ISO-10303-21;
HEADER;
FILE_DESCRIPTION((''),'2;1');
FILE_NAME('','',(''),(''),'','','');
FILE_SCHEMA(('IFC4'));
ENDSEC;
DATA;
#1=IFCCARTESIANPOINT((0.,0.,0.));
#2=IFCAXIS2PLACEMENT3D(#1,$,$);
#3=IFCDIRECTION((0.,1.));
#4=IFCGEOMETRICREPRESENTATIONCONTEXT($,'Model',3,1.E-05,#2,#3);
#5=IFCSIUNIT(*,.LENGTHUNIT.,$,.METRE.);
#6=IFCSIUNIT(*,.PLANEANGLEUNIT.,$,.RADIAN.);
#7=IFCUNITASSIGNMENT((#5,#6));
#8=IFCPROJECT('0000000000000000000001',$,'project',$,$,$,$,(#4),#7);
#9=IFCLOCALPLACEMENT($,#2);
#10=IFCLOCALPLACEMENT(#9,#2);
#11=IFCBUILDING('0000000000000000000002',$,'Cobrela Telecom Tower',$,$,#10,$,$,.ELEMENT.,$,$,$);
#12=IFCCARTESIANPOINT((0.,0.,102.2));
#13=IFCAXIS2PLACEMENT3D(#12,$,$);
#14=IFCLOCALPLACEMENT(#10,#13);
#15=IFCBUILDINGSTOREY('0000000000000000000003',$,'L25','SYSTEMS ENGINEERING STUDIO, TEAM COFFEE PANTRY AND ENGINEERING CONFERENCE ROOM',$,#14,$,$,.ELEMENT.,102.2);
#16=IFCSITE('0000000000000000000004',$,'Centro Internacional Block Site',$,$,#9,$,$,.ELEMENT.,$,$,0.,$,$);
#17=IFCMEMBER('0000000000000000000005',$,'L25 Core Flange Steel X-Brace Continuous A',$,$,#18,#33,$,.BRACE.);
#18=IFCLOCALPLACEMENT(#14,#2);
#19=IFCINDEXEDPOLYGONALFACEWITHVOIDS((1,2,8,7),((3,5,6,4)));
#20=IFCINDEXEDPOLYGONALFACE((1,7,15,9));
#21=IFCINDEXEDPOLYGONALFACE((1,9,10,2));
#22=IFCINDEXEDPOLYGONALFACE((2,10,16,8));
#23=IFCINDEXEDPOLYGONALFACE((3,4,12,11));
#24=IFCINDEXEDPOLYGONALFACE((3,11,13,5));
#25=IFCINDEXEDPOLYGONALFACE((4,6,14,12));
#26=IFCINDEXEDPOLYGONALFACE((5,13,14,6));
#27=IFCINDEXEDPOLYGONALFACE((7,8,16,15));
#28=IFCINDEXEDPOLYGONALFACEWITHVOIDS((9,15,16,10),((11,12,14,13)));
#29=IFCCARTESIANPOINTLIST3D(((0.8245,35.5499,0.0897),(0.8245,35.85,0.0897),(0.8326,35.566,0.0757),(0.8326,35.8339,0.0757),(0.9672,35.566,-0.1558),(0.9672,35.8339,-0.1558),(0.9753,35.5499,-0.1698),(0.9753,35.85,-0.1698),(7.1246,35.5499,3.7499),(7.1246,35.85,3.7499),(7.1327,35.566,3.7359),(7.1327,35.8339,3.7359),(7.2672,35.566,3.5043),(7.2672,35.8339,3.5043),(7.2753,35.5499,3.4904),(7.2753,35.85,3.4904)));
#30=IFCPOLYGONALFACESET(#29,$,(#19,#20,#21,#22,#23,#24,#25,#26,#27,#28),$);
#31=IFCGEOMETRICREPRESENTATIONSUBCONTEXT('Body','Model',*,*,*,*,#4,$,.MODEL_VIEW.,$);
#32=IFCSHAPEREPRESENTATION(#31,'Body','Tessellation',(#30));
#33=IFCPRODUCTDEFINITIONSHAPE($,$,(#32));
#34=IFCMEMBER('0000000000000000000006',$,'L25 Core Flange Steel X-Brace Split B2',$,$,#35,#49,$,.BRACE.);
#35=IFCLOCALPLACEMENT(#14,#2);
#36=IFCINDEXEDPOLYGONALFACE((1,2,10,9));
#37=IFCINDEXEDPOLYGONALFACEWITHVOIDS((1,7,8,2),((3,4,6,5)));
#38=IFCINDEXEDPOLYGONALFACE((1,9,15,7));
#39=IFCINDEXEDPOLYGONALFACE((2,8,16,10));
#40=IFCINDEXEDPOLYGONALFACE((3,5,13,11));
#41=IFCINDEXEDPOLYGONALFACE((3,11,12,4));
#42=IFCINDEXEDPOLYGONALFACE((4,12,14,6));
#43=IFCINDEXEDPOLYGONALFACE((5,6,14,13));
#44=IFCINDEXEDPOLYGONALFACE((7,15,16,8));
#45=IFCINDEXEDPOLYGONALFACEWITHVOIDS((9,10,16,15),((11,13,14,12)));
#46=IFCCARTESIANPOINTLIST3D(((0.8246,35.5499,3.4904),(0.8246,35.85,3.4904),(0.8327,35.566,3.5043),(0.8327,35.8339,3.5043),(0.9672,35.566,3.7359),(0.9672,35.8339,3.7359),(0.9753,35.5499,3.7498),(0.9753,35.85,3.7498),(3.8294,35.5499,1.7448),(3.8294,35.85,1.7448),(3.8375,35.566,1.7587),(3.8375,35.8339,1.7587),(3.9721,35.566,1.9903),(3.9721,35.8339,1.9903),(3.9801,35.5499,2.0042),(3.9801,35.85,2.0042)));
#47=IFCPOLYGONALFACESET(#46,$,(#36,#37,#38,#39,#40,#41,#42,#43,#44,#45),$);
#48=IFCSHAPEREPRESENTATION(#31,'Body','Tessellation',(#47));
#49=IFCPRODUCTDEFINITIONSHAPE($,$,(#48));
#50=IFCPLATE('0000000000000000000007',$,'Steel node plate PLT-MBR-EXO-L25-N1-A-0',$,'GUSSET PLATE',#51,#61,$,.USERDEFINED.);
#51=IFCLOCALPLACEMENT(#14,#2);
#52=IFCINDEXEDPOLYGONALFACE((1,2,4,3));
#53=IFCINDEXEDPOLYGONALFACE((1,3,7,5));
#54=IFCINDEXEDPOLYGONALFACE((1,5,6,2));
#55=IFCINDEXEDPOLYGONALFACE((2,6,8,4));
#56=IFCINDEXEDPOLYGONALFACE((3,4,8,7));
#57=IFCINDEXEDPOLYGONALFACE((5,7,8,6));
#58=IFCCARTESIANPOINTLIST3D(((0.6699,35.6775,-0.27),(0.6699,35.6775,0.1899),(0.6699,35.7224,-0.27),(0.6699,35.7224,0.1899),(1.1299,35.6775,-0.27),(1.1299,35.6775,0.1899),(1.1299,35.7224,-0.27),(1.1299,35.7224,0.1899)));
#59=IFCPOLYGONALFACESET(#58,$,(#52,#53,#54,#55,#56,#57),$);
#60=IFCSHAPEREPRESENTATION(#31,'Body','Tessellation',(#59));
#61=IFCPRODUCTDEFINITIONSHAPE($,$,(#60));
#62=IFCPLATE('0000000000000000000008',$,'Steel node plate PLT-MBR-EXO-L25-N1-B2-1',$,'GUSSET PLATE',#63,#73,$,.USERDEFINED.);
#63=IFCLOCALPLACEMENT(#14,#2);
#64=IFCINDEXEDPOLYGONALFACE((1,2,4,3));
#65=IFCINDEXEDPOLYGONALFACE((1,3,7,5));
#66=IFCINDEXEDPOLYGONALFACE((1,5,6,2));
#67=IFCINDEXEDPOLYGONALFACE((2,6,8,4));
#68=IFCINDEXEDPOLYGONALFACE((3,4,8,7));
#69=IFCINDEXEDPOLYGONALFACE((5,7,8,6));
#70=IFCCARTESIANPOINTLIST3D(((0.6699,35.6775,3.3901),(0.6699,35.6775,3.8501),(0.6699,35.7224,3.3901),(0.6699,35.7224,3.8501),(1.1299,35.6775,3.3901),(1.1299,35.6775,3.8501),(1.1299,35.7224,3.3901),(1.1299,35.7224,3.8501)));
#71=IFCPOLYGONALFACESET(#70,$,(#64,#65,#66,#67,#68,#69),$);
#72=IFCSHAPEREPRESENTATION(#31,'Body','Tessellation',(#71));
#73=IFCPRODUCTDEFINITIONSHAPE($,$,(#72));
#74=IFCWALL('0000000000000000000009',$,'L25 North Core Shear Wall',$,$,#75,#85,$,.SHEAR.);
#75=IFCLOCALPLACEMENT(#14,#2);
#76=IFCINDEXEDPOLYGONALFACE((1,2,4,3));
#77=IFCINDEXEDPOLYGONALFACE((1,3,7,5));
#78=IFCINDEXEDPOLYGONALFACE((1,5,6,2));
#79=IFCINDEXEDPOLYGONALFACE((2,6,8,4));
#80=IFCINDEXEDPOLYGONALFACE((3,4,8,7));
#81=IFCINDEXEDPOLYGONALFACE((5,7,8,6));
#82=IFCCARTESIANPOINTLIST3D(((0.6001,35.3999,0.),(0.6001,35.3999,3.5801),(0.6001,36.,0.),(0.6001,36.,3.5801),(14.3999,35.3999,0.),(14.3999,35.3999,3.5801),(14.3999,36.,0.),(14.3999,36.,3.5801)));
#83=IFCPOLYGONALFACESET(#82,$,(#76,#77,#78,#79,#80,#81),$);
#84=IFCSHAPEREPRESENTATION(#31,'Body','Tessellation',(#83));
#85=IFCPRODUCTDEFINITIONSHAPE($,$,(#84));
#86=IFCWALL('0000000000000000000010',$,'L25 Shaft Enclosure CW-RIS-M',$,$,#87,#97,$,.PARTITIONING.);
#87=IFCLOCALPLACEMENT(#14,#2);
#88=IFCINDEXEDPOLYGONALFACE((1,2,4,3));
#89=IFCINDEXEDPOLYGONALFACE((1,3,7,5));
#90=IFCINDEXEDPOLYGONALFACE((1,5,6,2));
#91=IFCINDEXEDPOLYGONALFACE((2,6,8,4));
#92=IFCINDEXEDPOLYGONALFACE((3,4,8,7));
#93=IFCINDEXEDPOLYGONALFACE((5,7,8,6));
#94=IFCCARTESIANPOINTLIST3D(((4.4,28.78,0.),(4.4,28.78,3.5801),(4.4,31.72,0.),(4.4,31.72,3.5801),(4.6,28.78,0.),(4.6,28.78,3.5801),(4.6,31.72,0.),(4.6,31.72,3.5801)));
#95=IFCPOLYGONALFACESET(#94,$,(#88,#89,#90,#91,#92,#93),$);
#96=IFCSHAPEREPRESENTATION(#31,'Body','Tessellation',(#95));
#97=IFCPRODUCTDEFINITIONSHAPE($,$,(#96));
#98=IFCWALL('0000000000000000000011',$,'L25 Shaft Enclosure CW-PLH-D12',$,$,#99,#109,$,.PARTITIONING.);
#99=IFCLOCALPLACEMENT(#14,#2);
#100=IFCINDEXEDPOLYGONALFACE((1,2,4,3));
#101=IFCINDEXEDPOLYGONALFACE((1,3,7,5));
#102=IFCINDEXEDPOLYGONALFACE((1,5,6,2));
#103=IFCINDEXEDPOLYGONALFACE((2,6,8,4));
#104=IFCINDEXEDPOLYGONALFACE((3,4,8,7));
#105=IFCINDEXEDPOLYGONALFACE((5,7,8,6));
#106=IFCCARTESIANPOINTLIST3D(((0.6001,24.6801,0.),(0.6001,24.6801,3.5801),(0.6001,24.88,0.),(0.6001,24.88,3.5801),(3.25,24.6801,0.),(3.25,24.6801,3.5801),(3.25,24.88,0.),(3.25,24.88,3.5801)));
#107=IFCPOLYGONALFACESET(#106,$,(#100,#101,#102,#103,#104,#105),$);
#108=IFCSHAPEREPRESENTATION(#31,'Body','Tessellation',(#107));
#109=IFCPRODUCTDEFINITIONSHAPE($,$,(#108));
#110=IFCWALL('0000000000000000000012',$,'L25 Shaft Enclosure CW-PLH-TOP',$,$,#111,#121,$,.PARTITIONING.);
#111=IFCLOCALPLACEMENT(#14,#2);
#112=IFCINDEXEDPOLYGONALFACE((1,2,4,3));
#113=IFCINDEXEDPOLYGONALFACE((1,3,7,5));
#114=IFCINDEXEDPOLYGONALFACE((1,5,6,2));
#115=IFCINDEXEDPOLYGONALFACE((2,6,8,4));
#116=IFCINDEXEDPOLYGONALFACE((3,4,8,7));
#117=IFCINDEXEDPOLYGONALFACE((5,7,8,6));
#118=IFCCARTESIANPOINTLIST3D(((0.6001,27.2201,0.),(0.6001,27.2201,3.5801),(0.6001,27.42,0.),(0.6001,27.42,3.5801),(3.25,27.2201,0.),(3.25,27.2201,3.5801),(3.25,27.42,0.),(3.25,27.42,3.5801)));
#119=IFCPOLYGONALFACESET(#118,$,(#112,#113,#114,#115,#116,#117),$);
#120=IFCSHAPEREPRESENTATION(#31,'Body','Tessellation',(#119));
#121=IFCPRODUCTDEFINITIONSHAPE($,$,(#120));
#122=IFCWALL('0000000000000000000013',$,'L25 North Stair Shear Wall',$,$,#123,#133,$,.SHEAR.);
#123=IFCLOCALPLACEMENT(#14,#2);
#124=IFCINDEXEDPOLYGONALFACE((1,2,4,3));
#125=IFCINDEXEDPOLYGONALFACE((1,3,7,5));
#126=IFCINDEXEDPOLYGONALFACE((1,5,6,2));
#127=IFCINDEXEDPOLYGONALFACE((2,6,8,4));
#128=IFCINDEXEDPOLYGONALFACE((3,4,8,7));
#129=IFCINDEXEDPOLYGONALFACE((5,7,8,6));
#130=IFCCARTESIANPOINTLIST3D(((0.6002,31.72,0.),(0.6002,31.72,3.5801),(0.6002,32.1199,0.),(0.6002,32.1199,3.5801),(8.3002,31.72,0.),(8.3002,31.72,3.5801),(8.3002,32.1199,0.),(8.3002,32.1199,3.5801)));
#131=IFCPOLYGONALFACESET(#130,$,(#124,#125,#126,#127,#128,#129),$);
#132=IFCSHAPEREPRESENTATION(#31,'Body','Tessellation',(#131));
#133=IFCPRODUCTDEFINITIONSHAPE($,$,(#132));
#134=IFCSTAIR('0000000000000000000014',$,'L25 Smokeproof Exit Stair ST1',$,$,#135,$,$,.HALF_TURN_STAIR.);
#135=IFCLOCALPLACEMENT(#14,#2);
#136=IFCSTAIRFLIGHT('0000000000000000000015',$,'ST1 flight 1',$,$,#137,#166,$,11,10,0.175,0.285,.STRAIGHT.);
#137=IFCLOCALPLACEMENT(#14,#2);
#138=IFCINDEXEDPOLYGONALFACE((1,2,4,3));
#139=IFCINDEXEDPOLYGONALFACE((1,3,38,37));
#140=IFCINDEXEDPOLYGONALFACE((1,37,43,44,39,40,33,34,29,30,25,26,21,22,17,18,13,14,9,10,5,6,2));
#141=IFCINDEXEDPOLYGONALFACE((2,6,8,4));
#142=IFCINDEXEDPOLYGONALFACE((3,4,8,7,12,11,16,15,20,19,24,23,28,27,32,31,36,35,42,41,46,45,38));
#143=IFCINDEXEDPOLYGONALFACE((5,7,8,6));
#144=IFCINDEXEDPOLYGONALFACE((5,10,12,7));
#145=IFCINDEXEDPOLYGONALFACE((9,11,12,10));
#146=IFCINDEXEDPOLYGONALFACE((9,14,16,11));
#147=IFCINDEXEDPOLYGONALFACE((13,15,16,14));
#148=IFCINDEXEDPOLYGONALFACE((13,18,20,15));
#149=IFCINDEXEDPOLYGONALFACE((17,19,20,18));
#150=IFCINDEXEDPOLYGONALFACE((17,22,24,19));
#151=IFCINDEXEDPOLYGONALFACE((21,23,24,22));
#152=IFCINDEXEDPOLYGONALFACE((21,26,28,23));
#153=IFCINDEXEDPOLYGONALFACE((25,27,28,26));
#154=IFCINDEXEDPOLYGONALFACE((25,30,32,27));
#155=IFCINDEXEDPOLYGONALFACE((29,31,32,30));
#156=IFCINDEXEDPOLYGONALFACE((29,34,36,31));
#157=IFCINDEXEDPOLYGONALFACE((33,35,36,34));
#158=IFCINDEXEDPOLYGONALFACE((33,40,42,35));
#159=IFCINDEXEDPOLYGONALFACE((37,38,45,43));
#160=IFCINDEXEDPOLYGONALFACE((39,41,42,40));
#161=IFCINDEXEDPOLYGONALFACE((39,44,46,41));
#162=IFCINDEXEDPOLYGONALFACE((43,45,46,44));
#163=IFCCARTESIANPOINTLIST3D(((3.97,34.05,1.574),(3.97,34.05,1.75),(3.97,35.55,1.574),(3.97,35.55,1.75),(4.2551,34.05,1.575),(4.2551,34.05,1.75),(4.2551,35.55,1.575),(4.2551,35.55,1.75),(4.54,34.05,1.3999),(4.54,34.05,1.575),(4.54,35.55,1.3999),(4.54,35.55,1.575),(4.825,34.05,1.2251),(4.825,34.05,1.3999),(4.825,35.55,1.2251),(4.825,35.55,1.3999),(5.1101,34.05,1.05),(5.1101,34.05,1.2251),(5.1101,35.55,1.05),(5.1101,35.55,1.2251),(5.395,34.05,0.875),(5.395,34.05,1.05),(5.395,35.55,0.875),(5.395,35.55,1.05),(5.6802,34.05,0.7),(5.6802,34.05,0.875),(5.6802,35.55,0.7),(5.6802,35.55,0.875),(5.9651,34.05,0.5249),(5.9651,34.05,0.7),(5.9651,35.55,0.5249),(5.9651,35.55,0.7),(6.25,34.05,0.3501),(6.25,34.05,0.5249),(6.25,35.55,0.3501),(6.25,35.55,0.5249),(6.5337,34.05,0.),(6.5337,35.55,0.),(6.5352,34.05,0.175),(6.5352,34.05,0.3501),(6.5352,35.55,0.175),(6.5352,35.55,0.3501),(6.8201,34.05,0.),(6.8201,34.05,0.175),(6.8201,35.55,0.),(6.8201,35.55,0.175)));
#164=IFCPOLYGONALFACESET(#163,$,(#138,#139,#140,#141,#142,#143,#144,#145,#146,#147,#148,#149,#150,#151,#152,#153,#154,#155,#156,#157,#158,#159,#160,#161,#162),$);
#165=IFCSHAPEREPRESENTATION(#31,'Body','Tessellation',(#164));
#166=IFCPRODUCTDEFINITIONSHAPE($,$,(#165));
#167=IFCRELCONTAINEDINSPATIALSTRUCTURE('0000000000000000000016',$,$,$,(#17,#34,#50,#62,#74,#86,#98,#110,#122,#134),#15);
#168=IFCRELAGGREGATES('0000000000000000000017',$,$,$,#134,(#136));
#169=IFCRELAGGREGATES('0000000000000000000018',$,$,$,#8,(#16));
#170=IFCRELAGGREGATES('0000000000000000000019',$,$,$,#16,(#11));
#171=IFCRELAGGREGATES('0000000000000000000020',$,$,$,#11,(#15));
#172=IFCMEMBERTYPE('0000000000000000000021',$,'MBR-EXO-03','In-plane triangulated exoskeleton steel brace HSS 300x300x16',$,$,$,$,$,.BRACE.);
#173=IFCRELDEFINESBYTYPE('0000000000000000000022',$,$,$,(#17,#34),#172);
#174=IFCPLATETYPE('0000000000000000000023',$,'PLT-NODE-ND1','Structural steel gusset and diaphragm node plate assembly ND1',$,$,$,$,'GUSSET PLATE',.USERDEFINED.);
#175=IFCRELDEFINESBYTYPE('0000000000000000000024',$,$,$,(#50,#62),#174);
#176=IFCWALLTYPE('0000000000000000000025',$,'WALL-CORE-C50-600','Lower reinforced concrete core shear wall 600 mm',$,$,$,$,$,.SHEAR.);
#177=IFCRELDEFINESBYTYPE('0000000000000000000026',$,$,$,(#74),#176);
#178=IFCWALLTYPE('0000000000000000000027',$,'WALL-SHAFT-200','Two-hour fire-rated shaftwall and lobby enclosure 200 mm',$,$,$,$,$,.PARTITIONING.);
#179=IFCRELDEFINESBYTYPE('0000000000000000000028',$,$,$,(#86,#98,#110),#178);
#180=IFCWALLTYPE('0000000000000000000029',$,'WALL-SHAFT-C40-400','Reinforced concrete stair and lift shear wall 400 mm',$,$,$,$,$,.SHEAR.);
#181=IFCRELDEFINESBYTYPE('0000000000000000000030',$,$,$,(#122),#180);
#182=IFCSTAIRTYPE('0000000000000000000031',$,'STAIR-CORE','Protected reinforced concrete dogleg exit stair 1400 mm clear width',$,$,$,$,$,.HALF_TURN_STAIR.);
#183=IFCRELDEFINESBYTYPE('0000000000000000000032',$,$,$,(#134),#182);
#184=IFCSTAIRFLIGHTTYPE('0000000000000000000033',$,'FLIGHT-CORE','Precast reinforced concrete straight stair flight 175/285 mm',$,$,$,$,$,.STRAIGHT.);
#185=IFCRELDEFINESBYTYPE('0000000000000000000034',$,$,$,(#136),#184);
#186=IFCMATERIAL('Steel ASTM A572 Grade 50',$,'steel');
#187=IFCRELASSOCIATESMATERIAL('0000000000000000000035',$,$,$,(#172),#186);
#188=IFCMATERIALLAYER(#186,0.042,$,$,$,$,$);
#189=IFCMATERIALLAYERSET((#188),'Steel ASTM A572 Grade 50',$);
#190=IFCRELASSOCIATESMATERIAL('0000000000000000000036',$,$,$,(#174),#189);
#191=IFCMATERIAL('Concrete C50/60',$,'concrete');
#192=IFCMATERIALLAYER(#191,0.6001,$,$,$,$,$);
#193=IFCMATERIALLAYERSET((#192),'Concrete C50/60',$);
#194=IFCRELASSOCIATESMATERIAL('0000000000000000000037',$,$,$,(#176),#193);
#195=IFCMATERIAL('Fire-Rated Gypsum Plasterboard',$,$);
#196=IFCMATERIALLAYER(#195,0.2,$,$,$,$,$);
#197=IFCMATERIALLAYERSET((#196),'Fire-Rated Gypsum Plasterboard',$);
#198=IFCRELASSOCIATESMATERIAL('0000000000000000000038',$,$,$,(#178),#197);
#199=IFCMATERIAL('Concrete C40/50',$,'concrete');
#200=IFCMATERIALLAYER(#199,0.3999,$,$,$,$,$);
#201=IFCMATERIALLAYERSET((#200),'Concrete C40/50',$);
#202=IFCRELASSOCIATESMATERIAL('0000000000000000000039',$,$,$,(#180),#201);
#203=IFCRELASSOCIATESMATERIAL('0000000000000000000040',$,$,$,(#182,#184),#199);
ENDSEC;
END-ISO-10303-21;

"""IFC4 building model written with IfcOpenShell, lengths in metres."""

from ifc_helpers import new_model, si_unit, direction, frame, frame_2d, origin, origin_2d, place, context, subcontext, project, spatial, polyline, rectangle, hollow_rectangle, outline, extrude, material, layer, layer_set, material_profile, profile_set, type_object, element, aggregate, save


model = new_model("IFC4")

# Units and contexts
model_context = context("Model", 3, precision=1e-05, world=origin(), true_north=direction((0.0, 1.0)))
body_context = subcontext(model_context, "Body", "Model", "MODEL_VIEW")
ifc_project = project(units=[si_unit("LENGTHUNIT", "METRE"), si_unit("PLANEANGLEUNIT", "RADIAN")], contexts=[model_context])

# Site, building, storey
site_placement = place(None, origin())
site = spatial("IfcSite", under=ifc_project, at=site_placement, Name="Centro Internacional Block Site", CompositionType="ELEMENT", RefElevation=0.0)
building_placement = place(site_placement, origin())
building = spatial("IfcBuilding", under=site, at=building_placement, Name="Cobrela Telecom Tower", CompositionType="ELEMENT")
storey_placement = place(building_placement, frame((0.0, 0.0, 102.2)))
storey = spatial("IfcBuildingStorey", under=building, at=storey_placement, Name="L25", Description="SYSTEMS ENGINEERING STUDIO, TEAM COFFEE PANTRY AND ENGINEERING CONFERENCE ROOM", CompositionType="ELEMENT", Elevation=102.2)

# Members
ifc_material_1 = material(Name="Steel ASTM A572 Grade 50", Category="steel")
ifc_material_profile = material_profile(ifc_material_1, hollow_rectangle(XDim=0.3, YDim=0.3, WallThickness=0.0161, at=origin_2d()), Name="HSS 300x300x16")
ifc_profile_set = profile_set([ifc_material_profile], Name="Steel ASTM A572 Grade 50")
member_type = type_object("IfcMemberType", Name="MBR-EXO-03", Description="In-plane triangulated exoskeleton steel brace HSS 300x300x16", PredefinedType="BRACE", material=ifc_profile_set)
member_1_placement = place(storey_placement, frame((0.8999, 35.7, -0.04), z_axis=(0.864666, 0.0, 0.502347), x_axis=(0.0, 1.0, 0.0)))
element("IfcMember", 1, at=member_1_placement, inside=storey, type_object=member_type, Name="L25 Core Flange Steel X-Brace Continuous A", PredefinedType="BRACE", context=body_context, shape_type="SweptSolid", body=[
    extrude(hollow_rectangle(XDim=0.3, YDim=0.3, WallThickness=0.0161, at=origin_2d()), origin(), (0.0, 0.0, 1.0), 7.2861),
])
member_2_placement = place(storey_placement, frame((3.9048, 35.7, 1.8745), z_axis=(-0.864685, 0.0, 0.502315), x_axis=(0.0, -1.0, 0.0)))
element("IfcMember", 2, at=member_2_placement, inside=storey, type_object=member_type, Name="L25 Core Flange Steel X-Brace Split B2", PredefinedType="BRACE", context=body_context, shape_type="SweptSolid", body=[
    extrude(hollow_rectangle(XDim=0.3, YDim=0.3, WallThickness=0.0161, at=origin_2d()), origin(), (0.0, 0.0, 1.0), 3.4751),
])

# Plates
ifc_layer_1 = layer(ifc_material_1, 0.042)
ifc_layer_set_1 = layer_set([ifc_layer_1], Name="Steel ASTM A572 Grade 50")
plate_type = type_object("IfcPlateType", Name="PLT-NODE-ND1", Description="Structural steel gusset and diaphragm node plate assembly ND1", ElementType="GUSSET PLATE", PredefinedType="USERDEFINED", material=ifc_layer_set_1)
for number, where, z_axis, x_axis, name in (
    (3, (0.8999, 35.7, -0.27), (0.0, 0.0, 1.0), (1.0, 0.0, 0.0), "Steel node plate PLT-MBR-EXO-L25-N1-A-0"),
    (4, (0.8999, 35.7, 3.3901), (0.0, 0.0, 1.0), (-1.0, 0.0, 0.0), "Steel node plate PLT-MBR-EXO-L25-N1-B2-1"),
):
    element("IfcPlate", number, at=place(storey_placement, frame(where, z_axis=z_axis, x_axis=x_axis)), inside=storey, type_object=plate_type, Name=name, ObjectType="GUSSET PLATE", PredefinedType="USERDEFINED", context=body_context, shape_type="SweptSolid", body=[
        extrude(rectangle(XDim=0.46, YDim=0.0449, at=origin_2d()), origin(), (0.0, 0.0, 1.0), 0.46),
    ])

# Wall
ifc_material_2 = material(Name="Concrete C50/60", Category="concrete")
ifc_layer_2 = layer(ifc_material_2, 0.6001)
ifc_layer_set_2 = layer_set([ifc_layer_2], Name="Concrete C50/60")
wall_type_1 = type_object("IfcWallType", Name="WALL-CORE-C50-600", Description="Lower reinforced concrete core shear wall 600 mm", PredefinedType="SHEAR", material=ifc_layer_set_2)
wall_1_placement = place(storey_placement, frame((0.6001, 35.7, 0.0), z_axis=(0.0, 0.0, 1.0), x_axis=(1.0, 0.0, 0.0)))
element("IfcWall", 5, at=wall_1_placement, inside=storey, type_object=wall_type_1, Name="L25 North Core Shear Wall", PredefinedType="SHEAR", context=body_context, shape_type="SweptSolid", body=[
    extrude(rectangle(XDim=13.7998, YDim=0.6001, at=frame_2d((6.8999, 0.0))), origin(), (0.0, 0.0, 1.0), 3.5801),
])

# Shared definitions
ifc_material_3 = material(Name="Fire-Rated Gypsum Plasterboard")
ifc_layer_3 = layer(ifc_material_3, 0.2)
ifc_layer_set_3 = layer_set([ifc_layer_3], Name="Fire-Rated Gypsum Plasterboard")
wall_type_2 = type_object("IfcWallType", Name="WALL-SHAFT-200", Description="Two-hour fire-rated shaftwall and lobby enclosure 200 mm", PredefinedType="PARTITIONING", material=ifc_layer_set_3)

# Walls
wall_2_placement = place(storey_placement, frame((4.5, 28.78, 0.0), z_axis=(0.0, 0.0, 1.0), x_axis=(0.0, 1.0, 0.0)))
element("IfcWall", 6, at=wall_2_placement, inside=storey, type_object=wall_type_2, Name="L25 Shaft Enclosure CW-RIS-M", PredefinedType="PARTITIONING", context=body_context, shape_type="SweptSolid", body=[
    extrude(rectangle(XDim=2.9399, YDim=0.2, at=frame_2d((1.47, 0.0))), origin(), (0.0, 0.0, 1.0), 3.5801),
])
for number, where, z_axis, x_axis, name in (
    (7, (0.6001, 24.78, 0.0), (0.0, 0.0, 1.0), (1.0, 0.0, 0.0), "L25 Shaft Enclosure CW-PLH-D12"),
    (8, (0.6001, 27.3201, 0.0), (0.0, 0.0, 1.0), (1.0, 0.0, 0.0), "L25 Shaft Enclosure CW-PLH-TOP"),
):
    element("IfcWall", number, at=place(storey_placement, frame(where, z_axis=z_axis, x_axis=x_axis)), inside=storey, type_object=wall_type_2, Name=name, PredefinedType="PARTITIONING", context=body_context, shape_type="SweptSolid", body=[
        extrude(rectangle(XDim=2.6499, YDim=0.2, at=frame_2d((1.325, 0.0))), origin(), (0.0, 0.0, 1.0), 3.5801),
    ])
ifc_material_4 = material(Name="Concrete C40/50", Category="concrete")
ifc_layer_4 = layer(ifc_material_4, 0.3999)
ifc_layer_set_4 = layer_set([ifc_layer_4], Name="Concrete C40/50")
wall_type_3 = type_object("IfcWallType", Name="WALL-SHAFT-C40-400", Description="Reinforced concrete stair and lift shear wall 400 mm", PredefinedType="SHEAR", material=ifc_layer_set_4)
wall_3_placement = place(storey_placement, frame((0.6001, 31.9199, 0.0), z_axis=(0.0, 0.0, 1.0), x_axis=(1.0, 0.0, 0.0)))
element("IfcWall", 9, at=wall_3_placement, inside=storey, type_object=wall_type_3, Name="L25 North Stair Shear Wall", PredefinedType="SHEAR", context=body_context, shape_type="SweptSolid", body=[
    extrude(rectangle(XDim=7.7, YDim=0.3999, at=frame_2d((3.8501, 0.0))), origin(), (0.0, 0.0, 1.0), 3.5801),
])

# Stair, stair flight
stair_type = type_object("IfcStairType", Name="STAIR-CORE", Description="Protected reinforced concrete dogleg exit stair 1400 mm clear width", PredefinedType="HALF_TURN_STAIR", material=ifc_material_4)
stair_placement = place(storey_placement, origin())
stair = element("IfcStair", 10, at=stair_placement, inside=storey, type_object=stair_type, Name="L25 Smokeproof Exit Stair ST1", PredefinedType="HALF_TURN_STAIR")
stair_flight_type = type_object("IfcStairFlightType", Name="FLIGHT-CORE", Description="Precast reinforced concrete straight stair flight 175/285 mm", PredefinedType="STRAIGHT", material=ifc_material_4)
stair_flight_1_placement = place(storey_placement, frame((6.8201, 34.8, 0.0), z_axis=(0.0, 0.0, 1.0), x_axis=(-1.0, 0.0, 0.0)))
stair_flight_1 = element("IfcStairFlight", 11, at=stair_flight_1_placement, type_object=stair_flight_type, Name="ST1 flight 1", NumberOfRisers=11, NumberOfTreads=10, PredefinedType="STRAIGHT", RiserHeight=0.175, TreadLength=0.285, context=body_context, shape_type="SweptSolid", body=[
    extrude(outline(polyline([(0.0, 0.0), (0.0, 0.175), (0.2849, 0.175), (0.2849, 0.3501), (0.5701, 0.3501), (0.5701, 0.5249), (0.855, 0.5249), (0.855, 0.7), (1.1399, 0.7), (1.1399, 0.875), (1.425, 0.875), (1.425, 1.05), (1.71, 1.05), (1.71, 1.2251), (1.9951, 1.2251), (1.9951, 1.3999), (2.28, 1.3999), (2.28, 1.575), (2.5649, 1.575), (2.5649, 1.75), (2.8501, 1.75), (2.8501, 1.925), (2.8501, 1.574), (0.2864, 0.0), (0.0, 0.0)])), frame((0.0, 0.75, 0.0), z_axis=(0.0, -1.0, 0.0), x_axis=(1.0, 0.0, 0.0)), (0.0, 0.0, 1.0), 1.5),
])
aggregate(stair, [stair_flight_1])

save(model, "model.ifc")
